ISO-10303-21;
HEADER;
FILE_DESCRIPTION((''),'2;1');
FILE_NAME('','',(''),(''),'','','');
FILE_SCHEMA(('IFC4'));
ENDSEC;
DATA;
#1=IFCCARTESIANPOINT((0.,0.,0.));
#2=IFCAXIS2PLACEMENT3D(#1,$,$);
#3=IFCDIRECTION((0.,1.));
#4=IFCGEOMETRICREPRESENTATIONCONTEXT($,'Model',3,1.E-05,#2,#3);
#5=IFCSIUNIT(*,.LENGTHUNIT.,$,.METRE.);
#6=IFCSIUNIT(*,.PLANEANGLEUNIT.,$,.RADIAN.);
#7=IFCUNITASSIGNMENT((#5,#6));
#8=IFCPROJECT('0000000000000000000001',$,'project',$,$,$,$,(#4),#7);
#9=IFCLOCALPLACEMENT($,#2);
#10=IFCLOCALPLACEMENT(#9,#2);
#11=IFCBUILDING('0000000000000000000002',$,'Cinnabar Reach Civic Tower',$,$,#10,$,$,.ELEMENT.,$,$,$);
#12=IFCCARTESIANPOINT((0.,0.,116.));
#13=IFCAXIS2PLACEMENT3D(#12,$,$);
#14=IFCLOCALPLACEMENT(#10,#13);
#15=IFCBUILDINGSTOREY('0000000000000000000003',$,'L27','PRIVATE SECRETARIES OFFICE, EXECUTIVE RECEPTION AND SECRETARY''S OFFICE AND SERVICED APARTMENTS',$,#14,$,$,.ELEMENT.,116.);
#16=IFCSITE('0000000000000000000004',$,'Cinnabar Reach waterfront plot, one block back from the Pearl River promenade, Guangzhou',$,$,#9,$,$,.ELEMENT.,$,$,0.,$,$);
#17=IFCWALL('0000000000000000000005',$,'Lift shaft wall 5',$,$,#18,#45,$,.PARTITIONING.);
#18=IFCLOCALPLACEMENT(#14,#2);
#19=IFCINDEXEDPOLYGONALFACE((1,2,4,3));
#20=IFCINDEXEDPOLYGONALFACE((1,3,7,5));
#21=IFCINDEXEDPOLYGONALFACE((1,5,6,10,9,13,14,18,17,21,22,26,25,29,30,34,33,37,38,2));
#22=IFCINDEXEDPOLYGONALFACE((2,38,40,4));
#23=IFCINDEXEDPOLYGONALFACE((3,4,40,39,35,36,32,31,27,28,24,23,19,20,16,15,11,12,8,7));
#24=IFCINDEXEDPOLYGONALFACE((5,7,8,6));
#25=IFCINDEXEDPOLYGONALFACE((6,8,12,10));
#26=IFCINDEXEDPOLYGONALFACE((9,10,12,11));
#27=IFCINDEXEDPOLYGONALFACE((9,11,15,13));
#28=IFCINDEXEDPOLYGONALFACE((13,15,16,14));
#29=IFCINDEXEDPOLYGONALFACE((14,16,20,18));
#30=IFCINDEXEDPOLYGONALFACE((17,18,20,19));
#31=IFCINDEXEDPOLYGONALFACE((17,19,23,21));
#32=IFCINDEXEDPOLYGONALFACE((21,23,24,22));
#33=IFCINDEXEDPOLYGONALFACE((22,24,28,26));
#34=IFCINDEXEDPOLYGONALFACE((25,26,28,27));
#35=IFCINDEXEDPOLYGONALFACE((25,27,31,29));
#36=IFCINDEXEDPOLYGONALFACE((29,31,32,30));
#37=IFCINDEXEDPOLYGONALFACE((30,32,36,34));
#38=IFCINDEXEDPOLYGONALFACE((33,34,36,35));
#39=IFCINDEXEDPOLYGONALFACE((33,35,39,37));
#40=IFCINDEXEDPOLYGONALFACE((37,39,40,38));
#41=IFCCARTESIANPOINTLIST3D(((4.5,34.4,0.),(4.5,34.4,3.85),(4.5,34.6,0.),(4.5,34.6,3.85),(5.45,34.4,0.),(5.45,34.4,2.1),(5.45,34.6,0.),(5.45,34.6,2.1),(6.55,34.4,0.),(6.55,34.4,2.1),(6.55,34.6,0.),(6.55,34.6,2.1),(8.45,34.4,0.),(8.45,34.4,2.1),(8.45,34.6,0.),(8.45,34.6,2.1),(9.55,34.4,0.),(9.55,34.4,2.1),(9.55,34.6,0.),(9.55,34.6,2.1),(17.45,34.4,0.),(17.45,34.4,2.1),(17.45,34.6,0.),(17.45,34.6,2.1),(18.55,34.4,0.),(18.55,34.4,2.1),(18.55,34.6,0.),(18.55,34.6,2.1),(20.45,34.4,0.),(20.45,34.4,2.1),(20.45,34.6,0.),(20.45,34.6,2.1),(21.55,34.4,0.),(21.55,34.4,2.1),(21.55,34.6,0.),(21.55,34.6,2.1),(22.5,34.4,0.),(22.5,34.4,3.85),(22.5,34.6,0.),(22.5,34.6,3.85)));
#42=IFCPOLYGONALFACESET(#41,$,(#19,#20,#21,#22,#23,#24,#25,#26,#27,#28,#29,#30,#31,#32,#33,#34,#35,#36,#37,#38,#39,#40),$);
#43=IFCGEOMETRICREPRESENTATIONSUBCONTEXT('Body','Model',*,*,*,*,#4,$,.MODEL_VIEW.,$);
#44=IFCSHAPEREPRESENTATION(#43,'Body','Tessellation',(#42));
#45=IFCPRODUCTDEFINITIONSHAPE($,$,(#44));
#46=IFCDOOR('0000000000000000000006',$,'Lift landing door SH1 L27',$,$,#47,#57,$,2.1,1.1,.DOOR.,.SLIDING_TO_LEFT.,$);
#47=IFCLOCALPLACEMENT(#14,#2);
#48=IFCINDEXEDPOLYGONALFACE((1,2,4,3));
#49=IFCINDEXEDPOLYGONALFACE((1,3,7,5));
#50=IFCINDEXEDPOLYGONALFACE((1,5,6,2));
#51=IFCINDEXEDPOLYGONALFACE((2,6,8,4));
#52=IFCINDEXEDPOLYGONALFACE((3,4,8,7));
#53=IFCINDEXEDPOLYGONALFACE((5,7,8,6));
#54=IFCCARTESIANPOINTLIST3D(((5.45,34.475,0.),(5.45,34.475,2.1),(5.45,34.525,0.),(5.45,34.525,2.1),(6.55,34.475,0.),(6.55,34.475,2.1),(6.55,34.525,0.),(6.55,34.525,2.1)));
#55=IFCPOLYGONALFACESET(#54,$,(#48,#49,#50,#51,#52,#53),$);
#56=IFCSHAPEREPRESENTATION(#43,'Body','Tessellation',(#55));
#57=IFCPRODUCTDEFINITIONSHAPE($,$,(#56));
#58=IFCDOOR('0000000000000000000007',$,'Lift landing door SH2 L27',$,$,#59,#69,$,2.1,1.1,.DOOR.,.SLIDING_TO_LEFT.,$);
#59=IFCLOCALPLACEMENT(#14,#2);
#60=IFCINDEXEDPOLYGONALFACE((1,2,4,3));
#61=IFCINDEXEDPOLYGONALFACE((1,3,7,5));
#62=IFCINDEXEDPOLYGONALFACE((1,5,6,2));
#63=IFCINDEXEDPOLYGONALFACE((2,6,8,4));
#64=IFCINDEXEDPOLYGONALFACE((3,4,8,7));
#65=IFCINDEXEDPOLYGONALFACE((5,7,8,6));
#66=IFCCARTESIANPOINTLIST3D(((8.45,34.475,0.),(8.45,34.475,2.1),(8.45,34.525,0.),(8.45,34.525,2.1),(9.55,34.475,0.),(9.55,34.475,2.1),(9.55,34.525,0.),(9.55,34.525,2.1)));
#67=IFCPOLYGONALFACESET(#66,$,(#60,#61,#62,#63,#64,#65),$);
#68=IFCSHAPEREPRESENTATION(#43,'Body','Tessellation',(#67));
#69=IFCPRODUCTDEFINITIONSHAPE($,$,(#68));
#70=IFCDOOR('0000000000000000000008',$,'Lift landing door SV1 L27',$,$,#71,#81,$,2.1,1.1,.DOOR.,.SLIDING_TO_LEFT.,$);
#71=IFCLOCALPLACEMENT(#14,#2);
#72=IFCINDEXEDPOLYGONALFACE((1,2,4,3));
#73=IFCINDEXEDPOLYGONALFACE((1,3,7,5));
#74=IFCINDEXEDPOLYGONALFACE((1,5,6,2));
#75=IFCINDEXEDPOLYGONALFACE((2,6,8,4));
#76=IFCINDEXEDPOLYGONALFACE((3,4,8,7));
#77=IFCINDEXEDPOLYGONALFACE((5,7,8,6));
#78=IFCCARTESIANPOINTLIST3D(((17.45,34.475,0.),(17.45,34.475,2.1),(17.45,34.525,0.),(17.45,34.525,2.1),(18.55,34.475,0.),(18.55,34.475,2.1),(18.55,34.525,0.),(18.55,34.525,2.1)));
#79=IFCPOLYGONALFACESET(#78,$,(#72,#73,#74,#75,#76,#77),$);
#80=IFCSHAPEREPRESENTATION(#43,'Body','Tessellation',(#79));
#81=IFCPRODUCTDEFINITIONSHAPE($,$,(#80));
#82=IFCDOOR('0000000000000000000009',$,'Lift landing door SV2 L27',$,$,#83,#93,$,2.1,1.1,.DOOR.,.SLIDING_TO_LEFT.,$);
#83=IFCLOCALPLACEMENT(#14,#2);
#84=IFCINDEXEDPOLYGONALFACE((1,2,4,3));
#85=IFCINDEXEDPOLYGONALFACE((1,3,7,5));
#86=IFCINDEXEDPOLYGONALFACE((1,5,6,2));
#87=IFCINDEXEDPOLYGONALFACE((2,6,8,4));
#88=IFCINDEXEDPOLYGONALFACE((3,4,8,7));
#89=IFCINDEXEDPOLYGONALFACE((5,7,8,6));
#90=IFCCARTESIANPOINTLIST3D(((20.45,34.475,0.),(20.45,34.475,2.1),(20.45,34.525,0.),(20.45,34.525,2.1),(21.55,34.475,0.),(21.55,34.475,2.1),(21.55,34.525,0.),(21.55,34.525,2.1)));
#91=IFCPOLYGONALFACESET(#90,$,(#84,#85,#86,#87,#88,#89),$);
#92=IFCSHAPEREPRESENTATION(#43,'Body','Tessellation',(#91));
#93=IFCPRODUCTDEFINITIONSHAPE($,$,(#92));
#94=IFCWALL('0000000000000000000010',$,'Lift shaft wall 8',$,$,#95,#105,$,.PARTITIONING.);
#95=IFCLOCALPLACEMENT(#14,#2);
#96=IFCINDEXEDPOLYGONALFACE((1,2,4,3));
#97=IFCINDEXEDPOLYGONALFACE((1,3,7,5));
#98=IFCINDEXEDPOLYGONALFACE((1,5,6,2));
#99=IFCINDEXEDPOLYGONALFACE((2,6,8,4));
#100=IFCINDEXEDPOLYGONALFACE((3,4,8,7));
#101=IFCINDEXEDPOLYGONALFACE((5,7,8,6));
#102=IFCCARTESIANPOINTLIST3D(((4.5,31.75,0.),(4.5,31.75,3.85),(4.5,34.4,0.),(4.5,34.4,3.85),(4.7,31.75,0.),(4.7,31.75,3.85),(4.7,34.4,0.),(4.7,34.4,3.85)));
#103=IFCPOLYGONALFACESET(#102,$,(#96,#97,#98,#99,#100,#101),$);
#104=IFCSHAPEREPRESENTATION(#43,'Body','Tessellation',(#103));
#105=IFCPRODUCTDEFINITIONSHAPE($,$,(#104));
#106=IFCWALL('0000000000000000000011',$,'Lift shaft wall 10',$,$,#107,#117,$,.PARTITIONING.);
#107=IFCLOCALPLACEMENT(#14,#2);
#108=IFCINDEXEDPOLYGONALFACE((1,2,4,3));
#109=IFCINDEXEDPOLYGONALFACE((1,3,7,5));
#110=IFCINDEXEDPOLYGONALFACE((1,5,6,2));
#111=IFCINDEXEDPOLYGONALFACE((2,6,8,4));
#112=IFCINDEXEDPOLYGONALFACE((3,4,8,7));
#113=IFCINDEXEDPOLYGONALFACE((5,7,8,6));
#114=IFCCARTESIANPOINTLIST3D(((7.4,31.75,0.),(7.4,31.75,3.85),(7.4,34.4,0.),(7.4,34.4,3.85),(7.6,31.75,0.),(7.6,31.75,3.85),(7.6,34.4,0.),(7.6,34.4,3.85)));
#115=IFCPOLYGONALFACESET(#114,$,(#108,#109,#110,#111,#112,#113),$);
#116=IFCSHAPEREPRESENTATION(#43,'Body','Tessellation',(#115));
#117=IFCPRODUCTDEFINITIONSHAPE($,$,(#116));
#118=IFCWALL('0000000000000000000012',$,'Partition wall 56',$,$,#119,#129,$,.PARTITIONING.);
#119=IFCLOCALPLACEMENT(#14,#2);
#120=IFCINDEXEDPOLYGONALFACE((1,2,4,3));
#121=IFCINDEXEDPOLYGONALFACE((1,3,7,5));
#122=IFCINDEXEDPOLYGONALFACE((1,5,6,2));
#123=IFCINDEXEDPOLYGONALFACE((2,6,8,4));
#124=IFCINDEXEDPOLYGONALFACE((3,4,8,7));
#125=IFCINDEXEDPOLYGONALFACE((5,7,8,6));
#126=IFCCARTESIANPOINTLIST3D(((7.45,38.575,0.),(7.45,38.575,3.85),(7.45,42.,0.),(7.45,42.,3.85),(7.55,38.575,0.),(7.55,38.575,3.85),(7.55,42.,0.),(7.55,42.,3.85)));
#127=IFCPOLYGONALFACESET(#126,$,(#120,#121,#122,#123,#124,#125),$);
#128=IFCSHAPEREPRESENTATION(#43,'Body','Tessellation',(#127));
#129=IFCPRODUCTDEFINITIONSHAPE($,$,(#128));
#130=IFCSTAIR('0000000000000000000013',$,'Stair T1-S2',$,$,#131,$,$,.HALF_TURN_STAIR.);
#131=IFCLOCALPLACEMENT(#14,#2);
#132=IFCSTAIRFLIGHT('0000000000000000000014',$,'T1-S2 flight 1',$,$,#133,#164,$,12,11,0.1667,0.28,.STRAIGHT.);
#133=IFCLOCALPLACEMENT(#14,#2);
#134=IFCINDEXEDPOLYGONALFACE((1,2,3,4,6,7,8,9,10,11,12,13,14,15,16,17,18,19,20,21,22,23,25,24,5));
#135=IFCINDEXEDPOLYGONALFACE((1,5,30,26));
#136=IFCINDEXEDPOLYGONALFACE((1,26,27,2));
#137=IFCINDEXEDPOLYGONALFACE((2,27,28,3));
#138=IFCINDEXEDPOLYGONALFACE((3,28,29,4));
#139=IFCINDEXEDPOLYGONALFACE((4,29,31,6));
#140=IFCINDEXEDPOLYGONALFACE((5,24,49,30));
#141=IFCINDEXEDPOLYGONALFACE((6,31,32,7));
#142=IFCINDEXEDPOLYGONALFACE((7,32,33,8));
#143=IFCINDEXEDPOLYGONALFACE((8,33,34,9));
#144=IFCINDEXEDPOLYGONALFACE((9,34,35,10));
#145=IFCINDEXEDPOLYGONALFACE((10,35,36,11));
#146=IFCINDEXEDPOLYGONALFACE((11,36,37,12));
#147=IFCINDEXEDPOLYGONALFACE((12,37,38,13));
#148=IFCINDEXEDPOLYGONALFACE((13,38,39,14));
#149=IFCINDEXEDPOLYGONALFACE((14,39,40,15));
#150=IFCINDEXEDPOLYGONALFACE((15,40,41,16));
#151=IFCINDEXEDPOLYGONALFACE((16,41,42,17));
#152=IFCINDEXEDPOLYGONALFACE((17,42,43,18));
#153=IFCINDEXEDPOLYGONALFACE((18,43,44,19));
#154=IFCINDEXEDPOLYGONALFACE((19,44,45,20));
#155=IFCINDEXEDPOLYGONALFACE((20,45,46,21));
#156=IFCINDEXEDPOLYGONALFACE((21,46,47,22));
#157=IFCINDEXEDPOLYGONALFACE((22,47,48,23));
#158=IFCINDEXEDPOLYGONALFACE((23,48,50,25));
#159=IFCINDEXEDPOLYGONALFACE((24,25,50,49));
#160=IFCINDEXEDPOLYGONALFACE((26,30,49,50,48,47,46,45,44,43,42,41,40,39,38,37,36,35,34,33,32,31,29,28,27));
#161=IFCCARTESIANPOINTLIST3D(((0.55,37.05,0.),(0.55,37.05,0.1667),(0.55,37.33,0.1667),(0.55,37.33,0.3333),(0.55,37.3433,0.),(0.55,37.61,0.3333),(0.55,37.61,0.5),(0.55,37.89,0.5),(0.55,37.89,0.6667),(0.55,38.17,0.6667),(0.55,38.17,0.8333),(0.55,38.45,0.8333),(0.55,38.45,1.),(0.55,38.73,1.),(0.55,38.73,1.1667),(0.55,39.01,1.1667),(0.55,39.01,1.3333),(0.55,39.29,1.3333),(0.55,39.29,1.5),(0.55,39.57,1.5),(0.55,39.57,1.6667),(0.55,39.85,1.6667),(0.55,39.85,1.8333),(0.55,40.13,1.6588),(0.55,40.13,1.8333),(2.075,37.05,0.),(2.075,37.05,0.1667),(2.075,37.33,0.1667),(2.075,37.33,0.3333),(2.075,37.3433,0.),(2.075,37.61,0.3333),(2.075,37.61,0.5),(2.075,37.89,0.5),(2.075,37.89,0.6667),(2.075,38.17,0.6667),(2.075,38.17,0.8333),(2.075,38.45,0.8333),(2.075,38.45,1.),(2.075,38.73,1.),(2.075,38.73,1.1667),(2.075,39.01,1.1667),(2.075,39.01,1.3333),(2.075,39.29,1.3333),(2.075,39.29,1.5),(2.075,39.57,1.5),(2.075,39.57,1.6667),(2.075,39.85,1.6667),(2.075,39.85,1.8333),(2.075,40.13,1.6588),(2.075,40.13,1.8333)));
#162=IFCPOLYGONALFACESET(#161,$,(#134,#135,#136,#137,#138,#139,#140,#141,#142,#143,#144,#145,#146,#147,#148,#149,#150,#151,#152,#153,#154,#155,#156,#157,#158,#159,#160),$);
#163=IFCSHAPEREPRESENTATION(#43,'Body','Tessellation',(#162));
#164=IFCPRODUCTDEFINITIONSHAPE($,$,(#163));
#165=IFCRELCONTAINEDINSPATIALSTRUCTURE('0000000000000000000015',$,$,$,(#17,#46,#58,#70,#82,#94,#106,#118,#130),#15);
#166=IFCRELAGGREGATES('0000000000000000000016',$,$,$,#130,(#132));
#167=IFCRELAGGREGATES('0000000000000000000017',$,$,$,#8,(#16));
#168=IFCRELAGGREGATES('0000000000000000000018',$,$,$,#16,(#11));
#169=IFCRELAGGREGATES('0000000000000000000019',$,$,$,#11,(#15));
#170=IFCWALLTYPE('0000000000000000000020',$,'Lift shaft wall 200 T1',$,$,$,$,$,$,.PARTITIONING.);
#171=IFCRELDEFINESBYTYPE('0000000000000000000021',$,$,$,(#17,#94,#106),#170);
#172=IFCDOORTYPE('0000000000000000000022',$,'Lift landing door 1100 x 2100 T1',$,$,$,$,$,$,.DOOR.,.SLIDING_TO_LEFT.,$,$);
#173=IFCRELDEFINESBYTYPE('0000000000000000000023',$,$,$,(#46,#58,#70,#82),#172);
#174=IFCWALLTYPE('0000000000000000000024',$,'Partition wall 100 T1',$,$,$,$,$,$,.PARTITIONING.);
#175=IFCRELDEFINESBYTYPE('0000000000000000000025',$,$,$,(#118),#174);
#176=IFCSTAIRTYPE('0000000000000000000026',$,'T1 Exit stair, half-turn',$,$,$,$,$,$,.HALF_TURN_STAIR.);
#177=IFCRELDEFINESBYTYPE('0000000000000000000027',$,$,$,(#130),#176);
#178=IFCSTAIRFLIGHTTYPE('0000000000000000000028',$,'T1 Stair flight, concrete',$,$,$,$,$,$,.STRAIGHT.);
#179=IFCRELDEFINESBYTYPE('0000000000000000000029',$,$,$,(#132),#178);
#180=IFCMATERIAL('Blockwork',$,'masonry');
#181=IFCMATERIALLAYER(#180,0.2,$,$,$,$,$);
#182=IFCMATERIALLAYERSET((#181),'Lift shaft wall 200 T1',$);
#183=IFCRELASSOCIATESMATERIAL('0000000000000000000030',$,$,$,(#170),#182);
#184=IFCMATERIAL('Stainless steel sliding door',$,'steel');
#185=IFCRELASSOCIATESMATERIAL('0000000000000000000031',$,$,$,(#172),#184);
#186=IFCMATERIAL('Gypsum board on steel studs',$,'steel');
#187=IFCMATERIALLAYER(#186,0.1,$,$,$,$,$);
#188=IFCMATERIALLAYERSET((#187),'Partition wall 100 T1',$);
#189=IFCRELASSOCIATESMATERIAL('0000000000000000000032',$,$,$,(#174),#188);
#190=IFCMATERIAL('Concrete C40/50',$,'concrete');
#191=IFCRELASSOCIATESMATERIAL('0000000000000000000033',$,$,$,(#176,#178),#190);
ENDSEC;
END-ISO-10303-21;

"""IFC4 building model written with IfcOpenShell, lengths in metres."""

from ifc_helpers import new_model, si_unit, direction, frame, frame_2d, origin, place, context, subcontext, project, spatial, polyline, rectangle, outline, extrude, material, layer, layer_set, type_object, element, fill, aggregate, save


model = new_model("IFC4")

# Units and contexts
model_context = context("Model", 3, precision=1e-05, world=origin(), true_north=direction((0.0, 1.0)))
body_context = subcontext(model_context, "Body", "Model", "MODEL_VIEW")
ifc_project = project(units=[si_unit("LENGTHUNIT", "METRE"), si_unit("PLANEANGLEUNIT", "RADIAN")], contexts=[model_context])

# Site, building, storey
site_placement = place(None, origin())
site = spatial("IfcSite", under=ifc_project, at=site_placement, Name="Cinnabar Reach waterfront plot, one block back from the Pearl River promenade, Guangzhou", CompositionType="ELEMENT", RefElevation=0.0)
building_placement = place(site_placement, origin())
building = spatial("IfcBuilding", under=site, at=building_placement, Name="Cinnabar Reach Civic Tower", CompositionType="ELEMENT")
storey_placement = place(building_placement, frame((0.0, 0.0, 116.0)))
storey = spatial("IfcBuildingStorey", under=building, at=storey_placement, Name="L27", Description="PRIVATE SECRETARIES OFFICE, EXECUTIVE RECEPTION AND SECRETARY'S OFFICE AND SERVICED APARTMENTS", CompositionType="ELEMENT", Elevation=116.0)

# Wall, openings, doors
ifc_material_1 = material(Name="Blockwork", Category="masonry")
ifc_layer_1 = layer(ifc_material_1, 0.2)
ifc_layer_set_1 = layer_set([ifc_layer_1], Name="Lift shaft wall 200 T1")
wall_type_1 = type_object("IfcWallType", Name="Lift shaft wall 200 T1", PredefinedType="PARTITIONING", material=ifc_layer_set_1)
wall_1_placement = place(storey_placement, frame((4.5, 34.5, 0.0), z_axis=(0.0, 0.0, 1.0), x_axis=(1.0, 0.0, 0.0)))
wall_1 = element("IfcWall", 1, at=wall_1_placement, inside=storey, type_object=wall_type_1, Name="Lift shaft wall 5", PredefinedType="PARTITIONING", context=body_context, shape_type="SweptSolid", body=[
    extrude(rectangle(XDim=18.0, YDim=0.2, at=frame_2d((9.0, 0.0))), origin(), (0.0, 0.0, 1.0), 3.85),
])
opening_1_placement = place(wall_1_placement, frame((0.95, 0.0, 0.0)))
opening_1 = element("IfcOpeningElement", 2, at=opening_1_placement, cuts=wall_1, PredefinedType="OPENING", context=body_context, shape_type="SweptSolid", body=[
    extrude(rectangle(XDim=1.1, YDim=2.1, at=frame_2d((0.55, 1.05))), frame((0.0, 0.11, 0.0), z_axis=(0.0, -1.0, 0.0), x_axis=(1.0, 0.0, 0.0)), (0.0, 0.0, 1.0), 0.22),
])
opening_2_placement = place(wall_1_placement, frame((3.95, 0.0, 0.0)))
opening_2 = element("IfcOpeningElement", 3, at=opening_2_placement, cuts=wall_1, PredefinedType="OPENING", context=body_context, shape_type="SweptSolid", body=[
    extrude(rectangle(XDim=1.1, YDim=2.1, at=frame_2d((0.55, 1.05))), frame((0.0, 0.11, 0.0), z_axis=(0.0, -1.0, 0.0), x_axis=(1.0, 0.0, 0.0)), (0.0, 0.0, 1.0), 0.22),
])
opening_3_placement = place(wall_1_placement, frame((12.95, 0.0, 0.0)))
opening_3 = element("IfcOpeningElement", 4, at=opening_3_placement, cuts=wall_1, PredefinedType="OPENING", context=body_context, shape_type="SweptSolid", body=[
    extrude(rectangle(XDim=1.1, YDim=2.1, at=frame_2d((0.55, 1.05))), frame((0.0, 0.11, 0.0), z_axis=(0.0, -1.0, 0.0), x_axis=(1.0, 0.0, 0.0)), (0.0, 0.0, 1.0), 0.22),
])
opening_4_placement = place(wall_1_placement, frame((15.95, 0.0, 0.0)))
opening_4 = element("IfcOpeningElement", 5, at=opening_4_placement, cuts=wall_1, PredefinedType="OPENING", context=body_context, shape_type="SweptSolid", body=[
    extrude(rectangle(XDim=1.1, YDim=2.1, at=frame_2d((0.55, 1.05))), frame((0.0, 0.11, 0.0), z_axis=(0.0, -1.0, 0.0), x_axis=(1.0, 0.0, 0.0)), (0.0, 0.0, 1.0), 0.22),
])
ifc_material_2 = material(Name="Stainless steel sliding door", Category="steel")
door_type_1 = type_object("IfcDoorType", Name="Lift landing door 1100 x 2100 T1", OperationType="SLIDING_TO_LEFT", PredefinedType="DOOR", material=ifc_material_2)
door_1_placement = place(opening_1_placement, origin())
door_1 = element("IfcDoor", 6, at=door_1_placement, inside=storey, type_object=door_type_1, Name="Lift landing door SH1 L27", OperationType="SLIDING_TO_LEFT", OverallHeight=2.1, OverallWidth=1.1, PredefinedType="DOOR", context=body_context, shape_type="SweptSolid", body=[
    extrude(rectangle(XDim=1.1, YDim=2.1, at=frame_2d((0.55, 1.05))), frame((0.0, 0.025, 0.0), z_axis=(0.0, -1.0, 0.0), x_axis=(1.0, 0.0, 0.0)), (0.0, 0.0, 1.0), 0.05),
])
fill(opening_1, door_1)
door_2_placement = place(opening_2_placement, origin())
door_2 = element("IfcDoor", 7, at=door_2_placement, inside=storey, type_object=door_type_1, Name="Lift landing door SH2 L27", OperationType="SLIDING_TO_LEFT", OverallHeight=2.1, OverallWidth=1.1, PredefinedType="DOOR", context=body_context, shape_type="SweptSolid", body=[
    extrude(rectangle(XDim=1.1, YDim=2.1, at=frame_2d((0.55, 1.05))), frame((0.0, 0.025, 0.0), z_axis=(0.0, -1.0, 0.0), x_axis=(1.0, 0.0, 0.0)), (0.0, 0.0, 1.0), 0.05),
])
fill(opening_2, door_2)
door_3_placement = place(opening_3_placement, origin())
door_3 = element("IfcDoor", 8, at=door_3_placement, inside=storey, type_object=door_type_1, Name="Lift landing door SV1 L27", OperationType="SLIDING_TO_LEFT", OverallHeight=2.1, OverallWidth=1.1, PredefinedType="DOOR", context=body_context, shape_type="SweptSolid", body=[
    extrude(rectangle(XDim=1.1, YDim=2.1, at=frame_2d((0.55, 1.05))), frame((0.0, 0.025, 0.0), z_axis=(0.0, -1.0, 0.0), x_axis=(1.0, 0.0, 0.0)), (0.0, 0.0, 1.0), 0.05),
])
fill(opening_3, door_3)
door_4_placement = place(opening_4_placement, origin())
door_4 = element("IfcDoor", 9, at=door_4_placement, inside=storey, type_object=door_type_1, Name="Lift landing door SV2 L27", OperationType="SLIDING_TO_LEFT", OverallHeight=2.1, OverallWidth=1.1, PredefinedType="DOOR", context=body_context, shape_type="SweptSolid", body=[
    extrude(rectangle(XDim=1.1, YDim=2.1, at=frame_2d((0.55, 1.05))), frame((0.0, 0.025, 0.0), z_axis=(0.0, -1.0, 0.0), x_axis=(1.0, 0.0, 0.0)), (0.0, 0.0, 1.0), 0.05),
])
fill(opening_4, door_4)

# Walls
for number, where, z_axis, x_axis, name in (
    (10, (4.6, 31.75, 0.0), (0.0, 0.0, 1.0), (0.0, 1.0, 0.0), "Lift shaft wall 8"),
    (11, (7.5, 31.75, 0.0), (0.0, 0.0, 1.0), (0.0, 1.0, 0.0), "Lift shaft wall 10"),
):
    element("IfcWall", number, at=place(storey_placement, frame(where, z_axis=z_axis, x_axis=x_axis)), inside=storey, type_object=wall_type_1, Name=name, PredefinedType="PARTITIONING", context=body_context, shape_type="SweptSolid", body=[
        extrude(rectangle(XDim=2.65, YDim=0.2, at=frame_2d((1.325, 0.0))), origin(), (0.0, 0.0, 1.0), 3.85),
    ])
ifc_material_3 = material(Name="Gypsum board on steel studs", Category="steel")
ifc_layer_2 = layer(ifc_material_3, 0.1)
ifc_layer_set_2 = layer_set([ifc_layer_2], Name="Partition wall 100 T1")
wall_type_2 = type_object("IfcWallType", Name="Partition wall 100 T1", PredefinedType="PARTITIONING", material=ifc_layer_set_2)
wall_2_placement = place(storey_placement, frame((7.5, 38.575, 0.0), z_axis=(0.0, 0.0, 1.0), x_axis=(0.0, 1.0, 0.0)))
element("IfcWall", 12, at=wall_2_placement, inside=storey, type_object=wall_type_2, Name="Partition wall 56", PredefinedType="PARTITIONING", context=body_context, shape_type="SweptSolid", body=[
    extrude(rectangle(XDim=3.425, YDim=0.1, at=frame_2d((1.7125, 0.0))), origin(), (0.0, 0.0, 1.0), 3.85),
])

# Stair, stair flight
ifc_material_4 = material(Name="Concrete C40/50", Category="concrete")
stair_type = type_object("IfcStairType", Name="T1 Exit stair, half-turn", PredefinedType="HALF_TURN_STAIR", material=ifc_material_4)
stair_placement = place(storey_placement, origin())
stair = element("IfcStair", 13, at=stair_placement, inside=storey, type_object=stair_type, Name="Stair T1-S2", PredefinedType="HALF_TURN_STAIR")
stair_flight_type = type_object("IfcStairFlightType", Name="T1 Stair flight, concrete", PredefinedType="STRAIGHT", material=ifc_material_4)
stair_flight_1_placement = place(storey_placement, frame((1.3125, 37.05, 0.0), z_axis=(0.0, 0.0, 1.0), x_axis=(0.0, 1.0, 0.0)))
stair_flight_1 = element("IfcStairFlight", 14, at=stair_flight_1_placement, type_object=stair_flight_type, Name="T1-S2 flight 1", NumberOfRisers=12, NumberOfTreads=11, PredefinedType="STRAIGHT", RiserHeight=0.1667, TreadLength=0.28, context=body_context, shape_type="SweptSolid", body=[
    extrude(outline(polyline([(0.0, 0.0), (0.0, 0.1667), (0.28, 0.1667), (0.28, 0.3333), (0.56, 0.3333), (0.56, 0.5), (0.84, 0.5), (0.84, 0.6667), (1.12, 0.6667), (1.12, 0.8333), (1.4, 0.8333), (1.4, 1.0), (1.68, 1.0), (1.68, 1.1667), (1.96, 1.1667), (1.96, 1.3333), (2.24, 1.3333), (2.24, 1.5), (2.52, 1.5), (2.52, 1.6667), (2.8, 1.6667), (2.8, 1.8333), (3.08, 1.8333), (3.08, 2.0), (3.08, 1.6588), (0.2933, 0.0), (0.0, 0.0)])), frame((0.0, 0.7625, 0.0), z_axis=(0.0, -1.0, 0.0), x_axis=(1.0, 0.0, 0.0)), (0.0, 0.0, 1.0), 1.525),
])
aggregate(stair, [stair_flight_1])

save(model, "model.ifc")
